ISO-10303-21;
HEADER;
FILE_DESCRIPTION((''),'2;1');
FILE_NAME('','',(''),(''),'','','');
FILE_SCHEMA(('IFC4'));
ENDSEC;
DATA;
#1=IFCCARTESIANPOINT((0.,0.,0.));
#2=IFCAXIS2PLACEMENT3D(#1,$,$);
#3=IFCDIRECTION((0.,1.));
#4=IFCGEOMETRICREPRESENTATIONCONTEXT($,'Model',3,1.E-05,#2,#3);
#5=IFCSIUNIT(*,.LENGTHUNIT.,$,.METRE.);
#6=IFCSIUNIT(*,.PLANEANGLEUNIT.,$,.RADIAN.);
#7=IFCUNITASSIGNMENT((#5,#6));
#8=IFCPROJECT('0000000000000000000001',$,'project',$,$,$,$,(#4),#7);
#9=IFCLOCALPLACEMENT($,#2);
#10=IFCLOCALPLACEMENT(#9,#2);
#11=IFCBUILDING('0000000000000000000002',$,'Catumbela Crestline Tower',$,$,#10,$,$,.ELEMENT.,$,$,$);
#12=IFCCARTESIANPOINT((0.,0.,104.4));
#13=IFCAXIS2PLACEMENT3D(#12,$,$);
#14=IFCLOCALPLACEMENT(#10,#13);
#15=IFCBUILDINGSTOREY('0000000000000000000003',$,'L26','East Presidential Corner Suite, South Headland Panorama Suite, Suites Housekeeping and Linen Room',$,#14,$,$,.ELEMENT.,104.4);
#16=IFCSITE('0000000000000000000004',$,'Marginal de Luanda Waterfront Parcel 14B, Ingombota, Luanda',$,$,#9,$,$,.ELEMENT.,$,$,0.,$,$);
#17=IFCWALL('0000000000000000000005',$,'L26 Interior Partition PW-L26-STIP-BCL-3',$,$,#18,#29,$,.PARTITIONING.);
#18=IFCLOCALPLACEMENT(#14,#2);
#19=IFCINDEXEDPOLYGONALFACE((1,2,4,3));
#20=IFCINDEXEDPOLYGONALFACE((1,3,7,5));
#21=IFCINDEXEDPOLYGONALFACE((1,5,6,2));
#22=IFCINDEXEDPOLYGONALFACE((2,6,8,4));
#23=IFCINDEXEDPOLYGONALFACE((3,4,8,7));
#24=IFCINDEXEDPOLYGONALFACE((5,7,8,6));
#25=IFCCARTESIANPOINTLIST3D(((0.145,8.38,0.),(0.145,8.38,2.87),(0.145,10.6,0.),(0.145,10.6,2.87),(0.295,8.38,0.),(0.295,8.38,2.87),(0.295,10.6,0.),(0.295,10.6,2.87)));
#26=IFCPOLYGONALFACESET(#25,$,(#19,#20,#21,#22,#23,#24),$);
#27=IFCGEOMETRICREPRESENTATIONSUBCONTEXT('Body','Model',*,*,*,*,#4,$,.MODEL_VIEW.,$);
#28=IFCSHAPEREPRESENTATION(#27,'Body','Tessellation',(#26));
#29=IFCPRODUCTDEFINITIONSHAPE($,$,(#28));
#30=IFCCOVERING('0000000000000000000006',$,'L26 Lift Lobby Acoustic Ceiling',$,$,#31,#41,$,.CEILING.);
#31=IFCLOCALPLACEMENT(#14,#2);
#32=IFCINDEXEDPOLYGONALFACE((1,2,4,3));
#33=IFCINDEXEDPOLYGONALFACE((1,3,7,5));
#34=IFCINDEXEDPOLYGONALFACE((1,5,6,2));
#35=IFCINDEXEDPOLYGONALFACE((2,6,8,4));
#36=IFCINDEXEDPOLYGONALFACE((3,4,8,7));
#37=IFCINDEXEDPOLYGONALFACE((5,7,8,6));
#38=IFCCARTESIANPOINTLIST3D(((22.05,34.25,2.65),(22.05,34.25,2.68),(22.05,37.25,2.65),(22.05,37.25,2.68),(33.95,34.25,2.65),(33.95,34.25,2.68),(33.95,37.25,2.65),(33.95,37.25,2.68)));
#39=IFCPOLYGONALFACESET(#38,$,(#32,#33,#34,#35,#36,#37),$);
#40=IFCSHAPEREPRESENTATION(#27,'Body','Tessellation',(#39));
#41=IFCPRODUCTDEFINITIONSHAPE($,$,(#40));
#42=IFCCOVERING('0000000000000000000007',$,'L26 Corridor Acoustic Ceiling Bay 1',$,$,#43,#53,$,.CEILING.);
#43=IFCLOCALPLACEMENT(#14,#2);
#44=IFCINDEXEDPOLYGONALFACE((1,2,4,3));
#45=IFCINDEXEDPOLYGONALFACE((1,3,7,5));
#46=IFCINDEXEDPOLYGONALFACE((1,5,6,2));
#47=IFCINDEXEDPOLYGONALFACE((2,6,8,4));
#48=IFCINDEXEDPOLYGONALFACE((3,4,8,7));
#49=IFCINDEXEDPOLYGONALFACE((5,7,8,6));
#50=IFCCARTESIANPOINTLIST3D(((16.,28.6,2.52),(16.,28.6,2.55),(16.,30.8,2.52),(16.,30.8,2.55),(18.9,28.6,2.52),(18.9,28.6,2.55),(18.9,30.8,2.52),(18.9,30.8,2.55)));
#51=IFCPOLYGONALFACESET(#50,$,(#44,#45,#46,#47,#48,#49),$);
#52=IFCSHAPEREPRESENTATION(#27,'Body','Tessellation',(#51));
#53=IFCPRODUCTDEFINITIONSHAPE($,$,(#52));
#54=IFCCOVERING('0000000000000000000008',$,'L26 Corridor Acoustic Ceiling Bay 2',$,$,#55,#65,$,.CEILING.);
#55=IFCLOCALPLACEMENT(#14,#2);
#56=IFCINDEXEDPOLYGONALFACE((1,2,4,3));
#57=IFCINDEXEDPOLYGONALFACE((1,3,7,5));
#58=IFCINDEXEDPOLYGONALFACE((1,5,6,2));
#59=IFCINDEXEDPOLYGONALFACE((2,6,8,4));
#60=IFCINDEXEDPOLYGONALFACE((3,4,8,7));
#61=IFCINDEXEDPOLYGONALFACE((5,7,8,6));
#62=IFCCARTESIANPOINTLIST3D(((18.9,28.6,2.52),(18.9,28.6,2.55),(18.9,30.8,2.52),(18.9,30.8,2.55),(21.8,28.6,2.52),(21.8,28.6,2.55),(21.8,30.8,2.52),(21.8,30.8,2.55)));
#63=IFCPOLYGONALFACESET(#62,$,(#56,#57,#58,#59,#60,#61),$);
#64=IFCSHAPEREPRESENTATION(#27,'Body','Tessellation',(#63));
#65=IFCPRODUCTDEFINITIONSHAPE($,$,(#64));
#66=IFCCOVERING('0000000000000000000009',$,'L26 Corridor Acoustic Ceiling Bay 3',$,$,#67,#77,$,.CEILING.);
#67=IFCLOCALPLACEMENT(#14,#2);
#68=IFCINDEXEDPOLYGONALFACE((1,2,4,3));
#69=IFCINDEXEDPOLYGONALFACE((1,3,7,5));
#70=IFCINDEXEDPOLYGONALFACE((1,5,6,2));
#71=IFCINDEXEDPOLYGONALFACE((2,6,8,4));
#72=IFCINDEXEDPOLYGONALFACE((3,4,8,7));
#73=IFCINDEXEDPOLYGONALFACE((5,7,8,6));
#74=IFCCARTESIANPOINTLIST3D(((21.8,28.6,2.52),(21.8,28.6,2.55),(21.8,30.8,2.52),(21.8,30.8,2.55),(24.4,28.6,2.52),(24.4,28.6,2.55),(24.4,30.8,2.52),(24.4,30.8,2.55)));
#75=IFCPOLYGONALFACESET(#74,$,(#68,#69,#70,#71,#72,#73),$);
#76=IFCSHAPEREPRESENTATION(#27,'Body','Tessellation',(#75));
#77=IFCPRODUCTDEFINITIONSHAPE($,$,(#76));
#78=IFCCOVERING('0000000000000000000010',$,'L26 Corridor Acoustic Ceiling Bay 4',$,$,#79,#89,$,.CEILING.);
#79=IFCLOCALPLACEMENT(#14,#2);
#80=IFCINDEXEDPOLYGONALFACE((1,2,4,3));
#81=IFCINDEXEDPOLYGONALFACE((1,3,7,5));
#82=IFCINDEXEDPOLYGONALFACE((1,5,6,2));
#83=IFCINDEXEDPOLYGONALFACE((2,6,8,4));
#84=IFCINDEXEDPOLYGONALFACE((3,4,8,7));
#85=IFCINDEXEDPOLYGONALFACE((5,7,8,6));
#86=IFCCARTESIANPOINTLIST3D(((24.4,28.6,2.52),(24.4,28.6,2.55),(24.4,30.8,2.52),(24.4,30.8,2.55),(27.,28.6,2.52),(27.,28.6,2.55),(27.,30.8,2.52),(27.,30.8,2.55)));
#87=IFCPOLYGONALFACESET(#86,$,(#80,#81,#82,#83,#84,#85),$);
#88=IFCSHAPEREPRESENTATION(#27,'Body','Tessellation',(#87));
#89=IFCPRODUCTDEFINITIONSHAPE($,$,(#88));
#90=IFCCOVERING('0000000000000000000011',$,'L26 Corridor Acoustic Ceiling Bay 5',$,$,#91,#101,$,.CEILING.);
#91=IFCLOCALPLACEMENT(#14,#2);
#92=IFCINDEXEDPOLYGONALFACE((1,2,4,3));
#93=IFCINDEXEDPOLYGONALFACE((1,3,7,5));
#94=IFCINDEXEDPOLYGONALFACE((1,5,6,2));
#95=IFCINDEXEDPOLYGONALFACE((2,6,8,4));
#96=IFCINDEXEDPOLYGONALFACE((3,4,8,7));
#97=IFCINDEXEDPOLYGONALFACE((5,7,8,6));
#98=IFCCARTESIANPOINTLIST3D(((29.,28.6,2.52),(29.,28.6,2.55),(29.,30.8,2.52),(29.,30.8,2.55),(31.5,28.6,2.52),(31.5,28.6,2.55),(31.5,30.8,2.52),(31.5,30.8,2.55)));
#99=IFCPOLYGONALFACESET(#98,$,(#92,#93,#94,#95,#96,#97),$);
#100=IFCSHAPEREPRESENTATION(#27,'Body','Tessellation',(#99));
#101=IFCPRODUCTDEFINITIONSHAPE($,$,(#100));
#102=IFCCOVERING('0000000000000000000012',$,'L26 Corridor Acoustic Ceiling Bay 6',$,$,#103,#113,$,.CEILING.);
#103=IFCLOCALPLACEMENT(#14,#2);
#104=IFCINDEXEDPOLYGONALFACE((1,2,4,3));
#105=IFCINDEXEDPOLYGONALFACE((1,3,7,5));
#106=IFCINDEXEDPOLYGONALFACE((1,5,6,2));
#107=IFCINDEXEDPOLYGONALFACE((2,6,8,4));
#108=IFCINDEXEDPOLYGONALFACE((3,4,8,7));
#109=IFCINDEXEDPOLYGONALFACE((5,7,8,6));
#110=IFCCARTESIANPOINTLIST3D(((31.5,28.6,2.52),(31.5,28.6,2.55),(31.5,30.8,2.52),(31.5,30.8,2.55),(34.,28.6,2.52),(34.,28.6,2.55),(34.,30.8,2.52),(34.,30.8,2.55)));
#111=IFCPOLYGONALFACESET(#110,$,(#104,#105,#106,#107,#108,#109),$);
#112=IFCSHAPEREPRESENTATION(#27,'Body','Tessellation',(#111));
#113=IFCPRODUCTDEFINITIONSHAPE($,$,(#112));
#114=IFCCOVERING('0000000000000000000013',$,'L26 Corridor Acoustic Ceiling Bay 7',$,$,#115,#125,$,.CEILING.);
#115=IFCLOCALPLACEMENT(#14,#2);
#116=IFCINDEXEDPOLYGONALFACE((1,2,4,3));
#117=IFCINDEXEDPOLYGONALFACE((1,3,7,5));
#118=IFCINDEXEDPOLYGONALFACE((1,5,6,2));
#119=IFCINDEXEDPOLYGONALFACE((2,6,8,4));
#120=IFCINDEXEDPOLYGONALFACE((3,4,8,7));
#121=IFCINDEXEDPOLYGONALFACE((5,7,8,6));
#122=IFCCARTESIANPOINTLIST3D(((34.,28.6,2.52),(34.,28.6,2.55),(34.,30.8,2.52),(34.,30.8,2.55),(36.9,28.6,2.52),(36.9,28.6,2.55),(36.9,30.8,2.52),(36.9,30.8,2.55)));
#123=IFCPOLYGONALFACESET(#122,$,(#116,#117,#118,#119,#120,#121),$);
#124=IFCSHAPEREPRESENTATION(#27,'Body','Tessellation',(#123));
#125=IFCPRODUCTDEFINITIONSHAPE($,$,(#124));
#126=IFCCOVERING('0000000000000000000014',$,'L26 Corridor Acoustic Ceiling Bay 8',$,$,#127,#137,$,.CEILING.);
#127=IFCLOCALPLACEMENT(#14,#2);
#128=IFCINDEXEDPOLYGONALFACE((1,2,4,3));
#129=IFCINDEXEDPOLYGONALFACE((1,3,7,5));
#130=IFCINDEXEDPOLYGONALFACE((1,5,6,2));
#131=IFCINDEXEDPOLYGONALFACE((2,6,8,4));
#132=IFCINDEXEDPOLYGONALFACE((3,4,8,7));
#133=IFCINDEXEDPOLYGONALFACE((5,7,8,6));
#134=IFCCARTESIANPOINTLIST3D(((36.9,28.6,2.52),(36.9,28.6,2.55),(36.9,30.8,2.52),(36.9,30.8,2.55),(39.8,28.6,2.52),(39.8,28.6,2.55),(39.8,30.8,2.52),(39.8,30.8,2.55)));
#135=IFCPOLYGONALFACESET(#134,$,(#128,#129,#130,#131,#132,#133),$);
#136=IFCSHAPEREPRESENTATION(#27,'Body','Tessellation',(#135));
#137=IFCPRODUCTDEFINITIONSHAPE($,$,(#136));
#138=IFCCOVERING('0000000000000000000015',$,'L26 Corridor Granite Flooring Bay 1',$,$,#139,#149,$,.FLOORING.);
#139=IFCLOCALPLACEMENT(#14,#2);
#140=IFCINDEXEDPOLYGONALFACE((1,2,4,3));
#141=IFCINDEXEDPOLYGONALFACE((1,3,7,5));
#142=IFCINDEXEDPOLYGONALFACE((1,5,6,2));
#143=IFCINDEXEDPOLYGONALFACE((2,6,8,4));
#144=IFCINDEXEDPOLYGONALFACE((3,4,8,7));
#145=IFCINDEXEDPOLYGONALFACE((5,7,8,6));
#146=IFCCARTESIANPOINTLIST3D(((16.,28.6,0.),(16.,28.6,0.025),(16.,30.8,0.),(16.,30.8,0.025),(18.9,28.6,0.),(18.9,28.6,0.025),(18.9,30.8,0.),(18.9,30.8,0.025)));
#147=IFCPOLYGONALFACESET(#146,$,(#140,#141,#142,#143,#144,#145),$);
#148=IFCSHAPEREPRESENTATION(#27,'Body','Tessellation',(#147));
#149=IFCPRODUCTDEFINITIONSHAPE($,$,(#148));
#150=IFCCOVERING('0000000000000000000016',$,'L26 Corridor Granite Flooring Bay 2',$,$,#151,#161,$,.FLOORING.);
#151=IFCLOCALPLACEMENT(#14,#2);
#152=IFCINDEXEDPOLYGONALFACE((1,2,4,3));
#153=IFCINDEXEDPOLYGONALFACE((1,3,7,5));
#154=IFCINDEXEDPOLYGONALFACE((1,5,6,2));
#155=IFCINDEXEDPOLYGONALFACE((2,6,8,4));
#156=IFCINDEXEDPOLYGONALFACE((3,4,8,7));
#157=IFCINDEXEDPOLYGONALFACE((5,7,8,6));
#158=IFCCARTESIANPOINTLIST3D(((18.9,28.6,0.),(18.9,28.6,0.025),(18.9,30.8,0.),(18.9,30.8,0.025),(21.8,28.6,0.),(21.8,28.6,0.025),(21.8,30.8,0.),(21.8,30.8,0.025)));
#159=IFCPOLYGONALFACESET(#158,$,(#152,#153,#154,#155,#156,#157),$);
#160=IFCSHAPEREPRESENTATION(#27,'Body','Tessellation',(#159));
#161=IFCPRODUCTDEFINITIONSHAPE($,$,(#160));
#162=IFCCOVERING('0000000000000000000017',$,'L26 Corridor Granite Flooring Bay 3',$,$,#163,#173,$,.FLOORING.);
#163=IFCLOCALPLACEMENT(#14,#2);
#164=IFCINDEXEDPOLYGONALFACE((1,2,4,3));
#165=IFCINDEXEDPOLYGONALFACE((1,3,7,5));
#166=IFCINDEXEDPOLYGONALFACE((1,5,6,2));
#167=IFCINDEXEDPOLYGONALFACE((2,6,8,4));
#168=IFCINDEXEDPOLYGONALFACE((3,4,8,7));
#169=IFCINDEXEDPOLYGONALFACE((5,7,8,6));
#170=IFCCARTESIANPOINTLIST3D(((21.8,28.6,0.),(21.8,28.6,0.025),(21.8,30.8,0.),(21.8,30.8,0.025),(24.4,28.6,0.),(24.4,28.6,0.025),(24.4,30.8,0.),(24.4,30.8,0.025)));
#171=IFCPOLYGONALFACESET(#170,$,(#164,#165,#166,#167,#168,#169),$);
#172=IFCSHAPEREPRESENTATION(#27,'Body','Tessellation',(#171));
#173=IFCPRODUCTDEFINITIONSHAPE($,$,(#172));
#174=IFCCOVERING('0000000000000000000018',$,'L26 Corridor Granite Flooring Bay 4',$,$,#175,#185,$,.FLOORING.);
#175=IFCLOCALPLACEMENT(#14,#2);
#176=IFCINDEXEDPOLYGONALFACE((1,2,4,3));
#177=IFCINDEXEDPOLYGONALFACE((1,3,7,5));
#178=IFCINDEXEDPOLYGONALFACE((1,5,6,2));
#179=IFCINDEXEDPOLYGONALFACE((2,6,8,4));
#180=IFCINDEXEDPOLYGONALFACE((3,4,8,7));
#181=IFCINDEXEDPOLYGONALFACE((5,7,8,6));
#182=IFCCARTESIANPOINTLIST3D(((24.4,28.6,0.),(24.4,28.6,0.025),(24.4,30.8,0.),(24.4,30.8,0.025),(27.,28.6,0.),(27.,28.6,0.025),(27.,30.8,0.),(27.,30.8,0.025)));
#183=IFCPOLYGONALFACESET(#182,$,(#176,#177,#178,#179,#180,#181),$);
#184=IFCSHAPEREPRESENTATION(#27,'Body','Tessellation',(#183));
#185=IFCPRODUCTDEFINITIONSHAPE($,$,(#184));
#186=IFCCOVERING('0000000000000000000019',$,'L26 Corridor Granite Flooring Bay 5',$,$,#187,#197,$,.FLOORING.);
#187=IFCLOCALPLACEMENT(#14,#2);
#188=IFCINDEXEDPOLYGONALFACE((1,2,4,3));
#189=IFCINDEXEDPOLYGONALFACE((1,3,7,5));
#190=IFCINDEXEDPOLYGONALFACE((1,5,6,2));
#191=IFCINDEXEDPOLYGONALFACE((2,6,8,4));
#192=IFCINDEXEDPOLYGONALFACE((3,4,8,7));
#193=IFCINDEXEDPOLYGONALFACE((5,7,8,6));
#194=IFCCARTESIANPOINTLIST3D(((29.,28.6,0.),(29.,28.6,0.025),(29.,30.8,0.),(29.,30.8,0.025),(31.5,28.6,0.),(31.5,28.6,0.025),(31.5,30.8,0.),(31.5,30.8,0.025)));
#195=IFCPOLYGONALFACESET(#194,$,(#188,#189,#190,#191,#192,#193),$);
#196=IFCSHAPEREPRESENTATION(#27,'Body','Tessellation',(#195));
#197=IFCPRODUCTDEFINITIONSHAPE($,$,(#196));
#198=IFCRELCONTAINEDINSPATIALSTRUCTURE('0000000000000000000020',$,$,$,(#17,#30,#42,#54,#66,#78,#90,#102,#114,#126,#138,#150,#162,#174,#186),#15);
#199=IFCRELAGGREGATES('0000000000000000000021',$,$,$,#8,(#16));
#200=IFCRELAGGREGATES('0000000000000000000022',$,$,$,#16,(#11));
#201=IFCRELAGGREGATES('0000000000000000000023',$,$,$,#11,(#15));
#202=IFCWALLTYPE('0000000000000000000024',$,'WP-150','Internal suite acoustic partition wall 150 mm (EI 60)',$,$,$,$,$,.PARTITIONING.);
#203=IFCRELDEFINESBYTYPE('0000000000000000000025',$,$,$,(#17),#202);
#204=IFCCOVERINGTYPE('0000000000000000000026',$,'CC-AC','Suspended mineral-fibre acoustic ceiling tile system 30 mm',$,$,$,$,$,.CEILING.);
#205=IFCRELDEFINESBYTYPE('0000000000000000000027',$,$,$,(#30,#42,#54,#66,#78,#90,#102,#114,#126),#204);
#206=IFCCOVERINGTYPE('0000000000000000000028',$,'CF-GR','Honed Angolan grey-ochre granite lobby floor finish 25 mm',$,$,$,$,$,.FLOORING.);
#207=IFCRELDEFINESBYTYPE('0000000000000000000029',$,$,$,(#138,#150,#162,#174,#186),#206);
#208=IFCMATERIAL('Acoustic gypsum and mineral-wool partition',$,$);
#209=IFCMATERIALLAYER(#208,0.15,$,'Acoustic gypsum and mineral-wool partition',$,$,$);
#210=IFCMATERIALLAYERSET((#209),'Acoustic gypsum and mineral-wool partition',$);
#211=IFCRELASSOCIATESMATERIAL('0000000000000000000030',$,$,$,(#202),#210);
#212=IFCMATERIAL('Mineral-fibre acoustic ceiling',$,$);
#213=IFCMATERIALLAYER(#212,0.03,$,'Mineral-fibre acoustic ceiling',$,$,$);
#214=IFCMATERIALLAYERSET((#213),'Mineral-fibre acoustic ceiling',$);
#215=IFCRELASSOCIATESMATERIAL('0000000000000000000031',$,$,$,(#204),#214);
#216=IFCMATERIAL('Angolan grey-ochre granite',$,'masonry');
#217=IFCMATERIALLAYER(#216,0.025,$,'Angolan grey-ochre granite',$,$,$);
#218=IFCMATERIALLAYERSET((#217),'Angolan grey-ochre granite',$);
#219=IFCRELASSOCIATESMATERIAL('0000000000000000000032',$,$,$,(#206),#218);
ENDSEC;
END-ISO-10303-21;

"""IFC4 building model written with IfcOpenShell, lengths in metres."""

from ifc_helpers import new_model, si_unit, direction, frame, frame_2d, origin, place, context, subcontext, project, spatial, polyline, rectangle, outline, extrude, material, layer, layer_set, type_object, element, save


model = new_model("IFC4")

# Units and contexts
model_context = context("Model", 3, precision=1e-05, world=origin(), true_north=direction((0.0, 1.0)))
body_context = subcontext(model_context, "Body", "Model", "MODEL_VIEW")
ifc_project = project(units=[si_unit("LENGTHUNIT", "METRE"), si_unit("PLANEANGLEUNIT", "RADIAN")], contexts=[model_context])

# Site, building, storey
site_placement = place(None, origin())
site = spatial("IfcSite", under=ifc_project, at=site_placement, Name="Marginal de Luanda Waterfront Parcel 14B, Ingombota, Luanda", CompositionType="ELEMENT", RefElevation=0.0)
building_placement = place(site_placement, origin())
building = spatial("IfcBuilding", under=site, at=building_placement, Name="Catumbela Crestline Tower", CompositionType="ELEMENT")
storey_placement = place(building_placement, frame((0.0, 0.0, 104.4)))
storey = spatial("IfcBuildingStorey", under=building, at=storey_placement, Name="L26", Description="East Presidential Corner Suite, South Headland Panorama Suite, Suites Housekeeping and Linen Room", CompositionType="ELEMENT", Elevation=104.4)

# Shared definitions
ifc_material_1 = material(Name="Angolan grey-ochre granite", Category="masonry")

# Shared definitions
ifc_material_2 = material(Name="Acoustic gypsum and mineral-wool partition")
ifc_layer_1 = layer(ifc_material_2, 0.15, Name="Acoustic gypsum and mineral-wool partition")
ifc_layer_set_1 = layer_set([ifc_layer_1], Name="Acoustic gypsum and mineral-wool partition")
wall_type_1 = type_object("IfcWallType", Name="WP-150", Description="Internal suite acoustic partition wall 150 mm (EI 60)", PredefinedType="PARTITIONING", material=ifc_layer_set_1)

# Wall
wall_1_placement = place(storey_placement, frame((0.22, 8.38, 0.0), z_axis=(0.0, 0.0, 1.0), x_axis=(0.0, 1.0, 0.0)))
element("IfcWall", 1, at=wall_1_placement, inside=storey, type_object=wall_type_1, Name="L26 Interior Partition PW-L26-STIP-BCL-3", PredefinedType="PARTITIONING", context=body_context, shape_type="SweptSolid", body=[
    extrude(rectangle(XDim=2.22, YDim=0.15, at=frame_2d((1.11, 0.0))), origin(), (0.0, 0.0, 1.0), 2.87),
])

# Coverings
ifc_material_3 = material(Name="Mineral-fibre acoustic ceiling")
ifc_layer_2 = layer(ifc_material_3, 0.03, Name="Mineral-fibre acoustic ceiling")
ifc_layer_set_2 = layer_set([ifc_layer_2], Name="Mineral-fibre acoustic ceiling")
covering_type_1 = type_object("IfcCoveringType", Name="CC-AC", Description="Suspended mineral-fibre acoustic ceiling tile system 30 mm", PredefinedType="CEILING", material=ifc_layer_set_2)
covering_1_placement = place(storey_placement, frame((0.0, 0.0, 2.65)))
element("IfcCovering", 2, at=covering_1_placement, inside=storey, type_object=covering_type_1, Name="L26 Lift Lobby Acoustic Ceiling", PredefinedType="CEILING", context=body_context, shape_type="SweptSolid", body=[
    extrude(outline(polyline([(22.05, 34.25), (33.95, 34.25), (33.95, 37.25), (22.05, 37.25), (22.05, 34.25)])), origin(), (0.0, 0.0, 1.0), 0.03),
])
covering_2_placement = place(storey_placement, frame((0.0, 0.0, 2.52)))
element("IfcCovering", 3, at=covering_2_placement, inside=storey, type_object=covering_type_1, Name="L26 Corridor Acoustic Ceiling Bay 1", PredefinedType="CEILING", context=body_context, shape_type="SweptSolid", body=[
    extrude(outline(polyline([(16.0, 28.6), (18.9, 28.6), (18.9, 30.8), (16.0, 30.8), (16.0, 28.6)])), origin(), (0.0, 0.0, 1.0), 0.03),
])
covering_3_placement = place(storey_placement, frame((0.0, 0.0, 2.52)))
element("IfcCovering", 4, at=covering_3_placement, inside=storey, type_object=covering_type_1, Name="L26 Corridor Acoustic Ceiling Bay 2", PredefinedType="CEILING", context=body_context, shape_type="SweptSolid", body=[
    extrude(outline(polyline([(18.9, 28.6), (21.8, 28.6), (21.8, 30.8), (18.9, 30.8), (18.9, 28.6)])), origin(), (0.0, 0.0, 1.0), 0.03),
])
covering_4_placement = place(storey_placement, frame((0.0, 0.0, 2.52)))
element("IfcCovering", 5, at=covering_4_placement, inside=storey, type_object=covering_type_1, Name="L26 Corridor Acoustic Ceiling Bay 3", PredefinedType="CEILING", context=body_context, shape_type="SweptSolid", body=[
    extrude(outline(polyline([(21.8, 28.6), (24.4, 28.6), (24.4, 30.8), (21.8, 30.8), (21.8, 28.6)])), origin(), (0.0, 0.0, 1.0), 0.03),
])
covering_5_placement = place(storey_placement, frame((0.0, 0.0, 2.52)))
element("IfcCovering", 6, at=covering_5_placement, inside=storey, type_object=covering_type_1, Name="L26 Corridor Acoustic Ceiling Bay 4", PredefinedType="CEILING", context=body_context, shape_type="SweptSolid", body=[
    extrude(outline(polyline([(24.4, 28.6), (27.0, 28.6), (27.0, 30.8), (24.4, 30.8), (24.4, 28.6)])), origin(), (0.0, 0.0, 1.0), 0.03),
])
covering_6_placement = place(storey_placement, frame((0.0, 0.0, 2.52)))
element("IfcCovering", 7, at=covering_6_placement, inside=storey, type_object=covering_type_1, Name="L26 Corridor Acoustic Ceiling Bay 5", PredefinedType="CEILING", context=body_context, shape_type="SweptSolid", body=[
    extrude(outline(polyline([(29.0, 28.6), (31.5, 28.6), (31.5, 30.8), (29.0, 30.8), (29.0, 28.6)])), origin(), (0.0, 0.0, 1.0), 0.03),
])
covering_7_placement = place(storey_placement, frame((0.0, 0.0, 2.52)))
element("IfcCovering", 8, at=covering_7_placement, inside=storey, type_object=covering_type_1, Name="L26 Corridor Acoustic Ceiling Bay 6", PredefinedType="CEILING", context=body_context, shape_type="SweptSolid", body=[
    extrude(outline(polyline([(31.5, 28.6), (34.0, 28.6), (34.0, 30.8), (31.5, 30.8), (31.5, 28.6)])), origin(), (0.0, 0.0, 1.0), 0.03),
])
covering_8_placement = place(storey_placement, frame((0.0, 0.0, 2.52)))
element("IfcCovering", 9, at=covering_8_placement, inside=storey, type_object=covering_type_1, Name="L26 Corridor Acoustic Ceiling Bay 7", PredefinedType="CEILING", context=body_context, shape_type="SweptSolid", body=[
    extrude(outline(polyline([(34.0, 28.6), (36.9, 28.6), (36.9, 30.8), (34.0, 30.8), (34.0, 28.6)])), origin(), (0.0, 0.0, 1.0), 0.03),
])
covering_9_placement = place(storey_placement, frame((0.0, 0.0, 2.52)))
element("IfcCovering", 10, at=covering_9_placement, inside=storey, type_object=covering_type_1, Name="L26 Corridor Acoustic Ceiling Bay 8", PredefinedType="CEILING", context=body_context, shape_type="SweptSolid", body=[
    extrude(outline(polyline([(36.9, 28.6), (39.8, 28.6), (39.8, 30.8), (36.9, 30.8), (36.9, 28.6)])), origin(), (0.0, 0.0, 1.0), 0.03),
])
ifc_layer_3 = layer(ifc_material_1, 0.025, Name="Angolan grey-ochre granite")
ifc_layer_set_3 = layer_set([ifc_layer_3], Name="Angolan grey-ochre granite")
covering_type_2 = type_object("IfcCoveringType", Name="CF-GR", Description="Honed Angolan grey-ochre granite lobby floor finish 25 mm", PredefinedType="FLOORING", material=ifc_layer_set_3)
covering_10_placement = place(storey_placement, origin())
element("IfcCovering", 11, at=covering_10_placement, inside=storey, type_object=covering_type_2, Name="L26 Corridor Granite Flooring Bay 1", PredefinedType="FLOORING", context=body_context, shape_type="SweptSolid", body=[
    extrude(outline(polyline([(16.0, 28.6), (18.9, 28.6), (18.9, 30.8), (16.0, 30.8), (16.0, 28.6)])), origin(), (0.0, 0.0, 1.0), 0.025),
])
covering_11_placement = place(storey_placement, origin())
element("IfcCovering", 12, at=covering_11_placement, inside=storey, type_object=covering_type_2, Name="L26 Corridor Granite Flooring Bay 2", PredefinedType="FLOORING", context=body_context, shape_type="SweptSolid", body=[
    extrude(outline(polyline([(18.9, 28.6), (21.8, 28.6), (21.8, 30.8), (18.9, 30.8), (18.9, 28.6)])), origin(), (0.0, 0.0, 1.0), 0.025),
])
covering_12_placement = place(storey_placement, origin())
element("IfcCovering", 13, at=covering_12_placement, inside=storey, type_object=covering_type_2, Name="L26 Corridor Granite Flooring Bay 3", PredefinedType="FLOORING", context=body_context, shape_type="SweptSolid", body=[
    extrude(outline(polyline([(21.8, 28.6), (24.4, 28.6), (24.4, 30.8), (21.8, 30.8), (21.8, 28.6)])), origin(), (0.0, 0.0, 1.0), 0.025),
])
covering_13_placement = place(storey_placement, origin())
element("IfcCovering", 14, at=covering_13_placement, inside=storey, type_object=covering_type_2, Name="L26 Corridor Granite Flooring Bay 4", PredefinedType="FLOORING", context=body_context, shape_type="SweptSolid", body=[
    extrude(outline(polyline([(24.4, 28.6), (27.0, 28.6), (27.0, 30.8), (24.4, 30.8), (24.4, 28.6)])), origin(), (0.0, 0.0, 1.0), 0.025),
])
covering_14_placement = place(storey_placement, origin())
element("IfcCovering", 15, at=covering_14_placement, inside=storey, type_object=covering_type_2, Name="L26 Corridor Granite Flooring Bay 5", PredefinedType="FLOORING", context=body_context, shape_type="SweptSolid", body=[
    extrude(outline(polyline([(29.0, 28.6), (31.5, 28.6), (31.5, 30.8), (29.0, 30.8), (29.0, 28.6)])), origin(), (0.0, 0.0, 1.0), 0.025),
])

save(model, "model.ifc")
